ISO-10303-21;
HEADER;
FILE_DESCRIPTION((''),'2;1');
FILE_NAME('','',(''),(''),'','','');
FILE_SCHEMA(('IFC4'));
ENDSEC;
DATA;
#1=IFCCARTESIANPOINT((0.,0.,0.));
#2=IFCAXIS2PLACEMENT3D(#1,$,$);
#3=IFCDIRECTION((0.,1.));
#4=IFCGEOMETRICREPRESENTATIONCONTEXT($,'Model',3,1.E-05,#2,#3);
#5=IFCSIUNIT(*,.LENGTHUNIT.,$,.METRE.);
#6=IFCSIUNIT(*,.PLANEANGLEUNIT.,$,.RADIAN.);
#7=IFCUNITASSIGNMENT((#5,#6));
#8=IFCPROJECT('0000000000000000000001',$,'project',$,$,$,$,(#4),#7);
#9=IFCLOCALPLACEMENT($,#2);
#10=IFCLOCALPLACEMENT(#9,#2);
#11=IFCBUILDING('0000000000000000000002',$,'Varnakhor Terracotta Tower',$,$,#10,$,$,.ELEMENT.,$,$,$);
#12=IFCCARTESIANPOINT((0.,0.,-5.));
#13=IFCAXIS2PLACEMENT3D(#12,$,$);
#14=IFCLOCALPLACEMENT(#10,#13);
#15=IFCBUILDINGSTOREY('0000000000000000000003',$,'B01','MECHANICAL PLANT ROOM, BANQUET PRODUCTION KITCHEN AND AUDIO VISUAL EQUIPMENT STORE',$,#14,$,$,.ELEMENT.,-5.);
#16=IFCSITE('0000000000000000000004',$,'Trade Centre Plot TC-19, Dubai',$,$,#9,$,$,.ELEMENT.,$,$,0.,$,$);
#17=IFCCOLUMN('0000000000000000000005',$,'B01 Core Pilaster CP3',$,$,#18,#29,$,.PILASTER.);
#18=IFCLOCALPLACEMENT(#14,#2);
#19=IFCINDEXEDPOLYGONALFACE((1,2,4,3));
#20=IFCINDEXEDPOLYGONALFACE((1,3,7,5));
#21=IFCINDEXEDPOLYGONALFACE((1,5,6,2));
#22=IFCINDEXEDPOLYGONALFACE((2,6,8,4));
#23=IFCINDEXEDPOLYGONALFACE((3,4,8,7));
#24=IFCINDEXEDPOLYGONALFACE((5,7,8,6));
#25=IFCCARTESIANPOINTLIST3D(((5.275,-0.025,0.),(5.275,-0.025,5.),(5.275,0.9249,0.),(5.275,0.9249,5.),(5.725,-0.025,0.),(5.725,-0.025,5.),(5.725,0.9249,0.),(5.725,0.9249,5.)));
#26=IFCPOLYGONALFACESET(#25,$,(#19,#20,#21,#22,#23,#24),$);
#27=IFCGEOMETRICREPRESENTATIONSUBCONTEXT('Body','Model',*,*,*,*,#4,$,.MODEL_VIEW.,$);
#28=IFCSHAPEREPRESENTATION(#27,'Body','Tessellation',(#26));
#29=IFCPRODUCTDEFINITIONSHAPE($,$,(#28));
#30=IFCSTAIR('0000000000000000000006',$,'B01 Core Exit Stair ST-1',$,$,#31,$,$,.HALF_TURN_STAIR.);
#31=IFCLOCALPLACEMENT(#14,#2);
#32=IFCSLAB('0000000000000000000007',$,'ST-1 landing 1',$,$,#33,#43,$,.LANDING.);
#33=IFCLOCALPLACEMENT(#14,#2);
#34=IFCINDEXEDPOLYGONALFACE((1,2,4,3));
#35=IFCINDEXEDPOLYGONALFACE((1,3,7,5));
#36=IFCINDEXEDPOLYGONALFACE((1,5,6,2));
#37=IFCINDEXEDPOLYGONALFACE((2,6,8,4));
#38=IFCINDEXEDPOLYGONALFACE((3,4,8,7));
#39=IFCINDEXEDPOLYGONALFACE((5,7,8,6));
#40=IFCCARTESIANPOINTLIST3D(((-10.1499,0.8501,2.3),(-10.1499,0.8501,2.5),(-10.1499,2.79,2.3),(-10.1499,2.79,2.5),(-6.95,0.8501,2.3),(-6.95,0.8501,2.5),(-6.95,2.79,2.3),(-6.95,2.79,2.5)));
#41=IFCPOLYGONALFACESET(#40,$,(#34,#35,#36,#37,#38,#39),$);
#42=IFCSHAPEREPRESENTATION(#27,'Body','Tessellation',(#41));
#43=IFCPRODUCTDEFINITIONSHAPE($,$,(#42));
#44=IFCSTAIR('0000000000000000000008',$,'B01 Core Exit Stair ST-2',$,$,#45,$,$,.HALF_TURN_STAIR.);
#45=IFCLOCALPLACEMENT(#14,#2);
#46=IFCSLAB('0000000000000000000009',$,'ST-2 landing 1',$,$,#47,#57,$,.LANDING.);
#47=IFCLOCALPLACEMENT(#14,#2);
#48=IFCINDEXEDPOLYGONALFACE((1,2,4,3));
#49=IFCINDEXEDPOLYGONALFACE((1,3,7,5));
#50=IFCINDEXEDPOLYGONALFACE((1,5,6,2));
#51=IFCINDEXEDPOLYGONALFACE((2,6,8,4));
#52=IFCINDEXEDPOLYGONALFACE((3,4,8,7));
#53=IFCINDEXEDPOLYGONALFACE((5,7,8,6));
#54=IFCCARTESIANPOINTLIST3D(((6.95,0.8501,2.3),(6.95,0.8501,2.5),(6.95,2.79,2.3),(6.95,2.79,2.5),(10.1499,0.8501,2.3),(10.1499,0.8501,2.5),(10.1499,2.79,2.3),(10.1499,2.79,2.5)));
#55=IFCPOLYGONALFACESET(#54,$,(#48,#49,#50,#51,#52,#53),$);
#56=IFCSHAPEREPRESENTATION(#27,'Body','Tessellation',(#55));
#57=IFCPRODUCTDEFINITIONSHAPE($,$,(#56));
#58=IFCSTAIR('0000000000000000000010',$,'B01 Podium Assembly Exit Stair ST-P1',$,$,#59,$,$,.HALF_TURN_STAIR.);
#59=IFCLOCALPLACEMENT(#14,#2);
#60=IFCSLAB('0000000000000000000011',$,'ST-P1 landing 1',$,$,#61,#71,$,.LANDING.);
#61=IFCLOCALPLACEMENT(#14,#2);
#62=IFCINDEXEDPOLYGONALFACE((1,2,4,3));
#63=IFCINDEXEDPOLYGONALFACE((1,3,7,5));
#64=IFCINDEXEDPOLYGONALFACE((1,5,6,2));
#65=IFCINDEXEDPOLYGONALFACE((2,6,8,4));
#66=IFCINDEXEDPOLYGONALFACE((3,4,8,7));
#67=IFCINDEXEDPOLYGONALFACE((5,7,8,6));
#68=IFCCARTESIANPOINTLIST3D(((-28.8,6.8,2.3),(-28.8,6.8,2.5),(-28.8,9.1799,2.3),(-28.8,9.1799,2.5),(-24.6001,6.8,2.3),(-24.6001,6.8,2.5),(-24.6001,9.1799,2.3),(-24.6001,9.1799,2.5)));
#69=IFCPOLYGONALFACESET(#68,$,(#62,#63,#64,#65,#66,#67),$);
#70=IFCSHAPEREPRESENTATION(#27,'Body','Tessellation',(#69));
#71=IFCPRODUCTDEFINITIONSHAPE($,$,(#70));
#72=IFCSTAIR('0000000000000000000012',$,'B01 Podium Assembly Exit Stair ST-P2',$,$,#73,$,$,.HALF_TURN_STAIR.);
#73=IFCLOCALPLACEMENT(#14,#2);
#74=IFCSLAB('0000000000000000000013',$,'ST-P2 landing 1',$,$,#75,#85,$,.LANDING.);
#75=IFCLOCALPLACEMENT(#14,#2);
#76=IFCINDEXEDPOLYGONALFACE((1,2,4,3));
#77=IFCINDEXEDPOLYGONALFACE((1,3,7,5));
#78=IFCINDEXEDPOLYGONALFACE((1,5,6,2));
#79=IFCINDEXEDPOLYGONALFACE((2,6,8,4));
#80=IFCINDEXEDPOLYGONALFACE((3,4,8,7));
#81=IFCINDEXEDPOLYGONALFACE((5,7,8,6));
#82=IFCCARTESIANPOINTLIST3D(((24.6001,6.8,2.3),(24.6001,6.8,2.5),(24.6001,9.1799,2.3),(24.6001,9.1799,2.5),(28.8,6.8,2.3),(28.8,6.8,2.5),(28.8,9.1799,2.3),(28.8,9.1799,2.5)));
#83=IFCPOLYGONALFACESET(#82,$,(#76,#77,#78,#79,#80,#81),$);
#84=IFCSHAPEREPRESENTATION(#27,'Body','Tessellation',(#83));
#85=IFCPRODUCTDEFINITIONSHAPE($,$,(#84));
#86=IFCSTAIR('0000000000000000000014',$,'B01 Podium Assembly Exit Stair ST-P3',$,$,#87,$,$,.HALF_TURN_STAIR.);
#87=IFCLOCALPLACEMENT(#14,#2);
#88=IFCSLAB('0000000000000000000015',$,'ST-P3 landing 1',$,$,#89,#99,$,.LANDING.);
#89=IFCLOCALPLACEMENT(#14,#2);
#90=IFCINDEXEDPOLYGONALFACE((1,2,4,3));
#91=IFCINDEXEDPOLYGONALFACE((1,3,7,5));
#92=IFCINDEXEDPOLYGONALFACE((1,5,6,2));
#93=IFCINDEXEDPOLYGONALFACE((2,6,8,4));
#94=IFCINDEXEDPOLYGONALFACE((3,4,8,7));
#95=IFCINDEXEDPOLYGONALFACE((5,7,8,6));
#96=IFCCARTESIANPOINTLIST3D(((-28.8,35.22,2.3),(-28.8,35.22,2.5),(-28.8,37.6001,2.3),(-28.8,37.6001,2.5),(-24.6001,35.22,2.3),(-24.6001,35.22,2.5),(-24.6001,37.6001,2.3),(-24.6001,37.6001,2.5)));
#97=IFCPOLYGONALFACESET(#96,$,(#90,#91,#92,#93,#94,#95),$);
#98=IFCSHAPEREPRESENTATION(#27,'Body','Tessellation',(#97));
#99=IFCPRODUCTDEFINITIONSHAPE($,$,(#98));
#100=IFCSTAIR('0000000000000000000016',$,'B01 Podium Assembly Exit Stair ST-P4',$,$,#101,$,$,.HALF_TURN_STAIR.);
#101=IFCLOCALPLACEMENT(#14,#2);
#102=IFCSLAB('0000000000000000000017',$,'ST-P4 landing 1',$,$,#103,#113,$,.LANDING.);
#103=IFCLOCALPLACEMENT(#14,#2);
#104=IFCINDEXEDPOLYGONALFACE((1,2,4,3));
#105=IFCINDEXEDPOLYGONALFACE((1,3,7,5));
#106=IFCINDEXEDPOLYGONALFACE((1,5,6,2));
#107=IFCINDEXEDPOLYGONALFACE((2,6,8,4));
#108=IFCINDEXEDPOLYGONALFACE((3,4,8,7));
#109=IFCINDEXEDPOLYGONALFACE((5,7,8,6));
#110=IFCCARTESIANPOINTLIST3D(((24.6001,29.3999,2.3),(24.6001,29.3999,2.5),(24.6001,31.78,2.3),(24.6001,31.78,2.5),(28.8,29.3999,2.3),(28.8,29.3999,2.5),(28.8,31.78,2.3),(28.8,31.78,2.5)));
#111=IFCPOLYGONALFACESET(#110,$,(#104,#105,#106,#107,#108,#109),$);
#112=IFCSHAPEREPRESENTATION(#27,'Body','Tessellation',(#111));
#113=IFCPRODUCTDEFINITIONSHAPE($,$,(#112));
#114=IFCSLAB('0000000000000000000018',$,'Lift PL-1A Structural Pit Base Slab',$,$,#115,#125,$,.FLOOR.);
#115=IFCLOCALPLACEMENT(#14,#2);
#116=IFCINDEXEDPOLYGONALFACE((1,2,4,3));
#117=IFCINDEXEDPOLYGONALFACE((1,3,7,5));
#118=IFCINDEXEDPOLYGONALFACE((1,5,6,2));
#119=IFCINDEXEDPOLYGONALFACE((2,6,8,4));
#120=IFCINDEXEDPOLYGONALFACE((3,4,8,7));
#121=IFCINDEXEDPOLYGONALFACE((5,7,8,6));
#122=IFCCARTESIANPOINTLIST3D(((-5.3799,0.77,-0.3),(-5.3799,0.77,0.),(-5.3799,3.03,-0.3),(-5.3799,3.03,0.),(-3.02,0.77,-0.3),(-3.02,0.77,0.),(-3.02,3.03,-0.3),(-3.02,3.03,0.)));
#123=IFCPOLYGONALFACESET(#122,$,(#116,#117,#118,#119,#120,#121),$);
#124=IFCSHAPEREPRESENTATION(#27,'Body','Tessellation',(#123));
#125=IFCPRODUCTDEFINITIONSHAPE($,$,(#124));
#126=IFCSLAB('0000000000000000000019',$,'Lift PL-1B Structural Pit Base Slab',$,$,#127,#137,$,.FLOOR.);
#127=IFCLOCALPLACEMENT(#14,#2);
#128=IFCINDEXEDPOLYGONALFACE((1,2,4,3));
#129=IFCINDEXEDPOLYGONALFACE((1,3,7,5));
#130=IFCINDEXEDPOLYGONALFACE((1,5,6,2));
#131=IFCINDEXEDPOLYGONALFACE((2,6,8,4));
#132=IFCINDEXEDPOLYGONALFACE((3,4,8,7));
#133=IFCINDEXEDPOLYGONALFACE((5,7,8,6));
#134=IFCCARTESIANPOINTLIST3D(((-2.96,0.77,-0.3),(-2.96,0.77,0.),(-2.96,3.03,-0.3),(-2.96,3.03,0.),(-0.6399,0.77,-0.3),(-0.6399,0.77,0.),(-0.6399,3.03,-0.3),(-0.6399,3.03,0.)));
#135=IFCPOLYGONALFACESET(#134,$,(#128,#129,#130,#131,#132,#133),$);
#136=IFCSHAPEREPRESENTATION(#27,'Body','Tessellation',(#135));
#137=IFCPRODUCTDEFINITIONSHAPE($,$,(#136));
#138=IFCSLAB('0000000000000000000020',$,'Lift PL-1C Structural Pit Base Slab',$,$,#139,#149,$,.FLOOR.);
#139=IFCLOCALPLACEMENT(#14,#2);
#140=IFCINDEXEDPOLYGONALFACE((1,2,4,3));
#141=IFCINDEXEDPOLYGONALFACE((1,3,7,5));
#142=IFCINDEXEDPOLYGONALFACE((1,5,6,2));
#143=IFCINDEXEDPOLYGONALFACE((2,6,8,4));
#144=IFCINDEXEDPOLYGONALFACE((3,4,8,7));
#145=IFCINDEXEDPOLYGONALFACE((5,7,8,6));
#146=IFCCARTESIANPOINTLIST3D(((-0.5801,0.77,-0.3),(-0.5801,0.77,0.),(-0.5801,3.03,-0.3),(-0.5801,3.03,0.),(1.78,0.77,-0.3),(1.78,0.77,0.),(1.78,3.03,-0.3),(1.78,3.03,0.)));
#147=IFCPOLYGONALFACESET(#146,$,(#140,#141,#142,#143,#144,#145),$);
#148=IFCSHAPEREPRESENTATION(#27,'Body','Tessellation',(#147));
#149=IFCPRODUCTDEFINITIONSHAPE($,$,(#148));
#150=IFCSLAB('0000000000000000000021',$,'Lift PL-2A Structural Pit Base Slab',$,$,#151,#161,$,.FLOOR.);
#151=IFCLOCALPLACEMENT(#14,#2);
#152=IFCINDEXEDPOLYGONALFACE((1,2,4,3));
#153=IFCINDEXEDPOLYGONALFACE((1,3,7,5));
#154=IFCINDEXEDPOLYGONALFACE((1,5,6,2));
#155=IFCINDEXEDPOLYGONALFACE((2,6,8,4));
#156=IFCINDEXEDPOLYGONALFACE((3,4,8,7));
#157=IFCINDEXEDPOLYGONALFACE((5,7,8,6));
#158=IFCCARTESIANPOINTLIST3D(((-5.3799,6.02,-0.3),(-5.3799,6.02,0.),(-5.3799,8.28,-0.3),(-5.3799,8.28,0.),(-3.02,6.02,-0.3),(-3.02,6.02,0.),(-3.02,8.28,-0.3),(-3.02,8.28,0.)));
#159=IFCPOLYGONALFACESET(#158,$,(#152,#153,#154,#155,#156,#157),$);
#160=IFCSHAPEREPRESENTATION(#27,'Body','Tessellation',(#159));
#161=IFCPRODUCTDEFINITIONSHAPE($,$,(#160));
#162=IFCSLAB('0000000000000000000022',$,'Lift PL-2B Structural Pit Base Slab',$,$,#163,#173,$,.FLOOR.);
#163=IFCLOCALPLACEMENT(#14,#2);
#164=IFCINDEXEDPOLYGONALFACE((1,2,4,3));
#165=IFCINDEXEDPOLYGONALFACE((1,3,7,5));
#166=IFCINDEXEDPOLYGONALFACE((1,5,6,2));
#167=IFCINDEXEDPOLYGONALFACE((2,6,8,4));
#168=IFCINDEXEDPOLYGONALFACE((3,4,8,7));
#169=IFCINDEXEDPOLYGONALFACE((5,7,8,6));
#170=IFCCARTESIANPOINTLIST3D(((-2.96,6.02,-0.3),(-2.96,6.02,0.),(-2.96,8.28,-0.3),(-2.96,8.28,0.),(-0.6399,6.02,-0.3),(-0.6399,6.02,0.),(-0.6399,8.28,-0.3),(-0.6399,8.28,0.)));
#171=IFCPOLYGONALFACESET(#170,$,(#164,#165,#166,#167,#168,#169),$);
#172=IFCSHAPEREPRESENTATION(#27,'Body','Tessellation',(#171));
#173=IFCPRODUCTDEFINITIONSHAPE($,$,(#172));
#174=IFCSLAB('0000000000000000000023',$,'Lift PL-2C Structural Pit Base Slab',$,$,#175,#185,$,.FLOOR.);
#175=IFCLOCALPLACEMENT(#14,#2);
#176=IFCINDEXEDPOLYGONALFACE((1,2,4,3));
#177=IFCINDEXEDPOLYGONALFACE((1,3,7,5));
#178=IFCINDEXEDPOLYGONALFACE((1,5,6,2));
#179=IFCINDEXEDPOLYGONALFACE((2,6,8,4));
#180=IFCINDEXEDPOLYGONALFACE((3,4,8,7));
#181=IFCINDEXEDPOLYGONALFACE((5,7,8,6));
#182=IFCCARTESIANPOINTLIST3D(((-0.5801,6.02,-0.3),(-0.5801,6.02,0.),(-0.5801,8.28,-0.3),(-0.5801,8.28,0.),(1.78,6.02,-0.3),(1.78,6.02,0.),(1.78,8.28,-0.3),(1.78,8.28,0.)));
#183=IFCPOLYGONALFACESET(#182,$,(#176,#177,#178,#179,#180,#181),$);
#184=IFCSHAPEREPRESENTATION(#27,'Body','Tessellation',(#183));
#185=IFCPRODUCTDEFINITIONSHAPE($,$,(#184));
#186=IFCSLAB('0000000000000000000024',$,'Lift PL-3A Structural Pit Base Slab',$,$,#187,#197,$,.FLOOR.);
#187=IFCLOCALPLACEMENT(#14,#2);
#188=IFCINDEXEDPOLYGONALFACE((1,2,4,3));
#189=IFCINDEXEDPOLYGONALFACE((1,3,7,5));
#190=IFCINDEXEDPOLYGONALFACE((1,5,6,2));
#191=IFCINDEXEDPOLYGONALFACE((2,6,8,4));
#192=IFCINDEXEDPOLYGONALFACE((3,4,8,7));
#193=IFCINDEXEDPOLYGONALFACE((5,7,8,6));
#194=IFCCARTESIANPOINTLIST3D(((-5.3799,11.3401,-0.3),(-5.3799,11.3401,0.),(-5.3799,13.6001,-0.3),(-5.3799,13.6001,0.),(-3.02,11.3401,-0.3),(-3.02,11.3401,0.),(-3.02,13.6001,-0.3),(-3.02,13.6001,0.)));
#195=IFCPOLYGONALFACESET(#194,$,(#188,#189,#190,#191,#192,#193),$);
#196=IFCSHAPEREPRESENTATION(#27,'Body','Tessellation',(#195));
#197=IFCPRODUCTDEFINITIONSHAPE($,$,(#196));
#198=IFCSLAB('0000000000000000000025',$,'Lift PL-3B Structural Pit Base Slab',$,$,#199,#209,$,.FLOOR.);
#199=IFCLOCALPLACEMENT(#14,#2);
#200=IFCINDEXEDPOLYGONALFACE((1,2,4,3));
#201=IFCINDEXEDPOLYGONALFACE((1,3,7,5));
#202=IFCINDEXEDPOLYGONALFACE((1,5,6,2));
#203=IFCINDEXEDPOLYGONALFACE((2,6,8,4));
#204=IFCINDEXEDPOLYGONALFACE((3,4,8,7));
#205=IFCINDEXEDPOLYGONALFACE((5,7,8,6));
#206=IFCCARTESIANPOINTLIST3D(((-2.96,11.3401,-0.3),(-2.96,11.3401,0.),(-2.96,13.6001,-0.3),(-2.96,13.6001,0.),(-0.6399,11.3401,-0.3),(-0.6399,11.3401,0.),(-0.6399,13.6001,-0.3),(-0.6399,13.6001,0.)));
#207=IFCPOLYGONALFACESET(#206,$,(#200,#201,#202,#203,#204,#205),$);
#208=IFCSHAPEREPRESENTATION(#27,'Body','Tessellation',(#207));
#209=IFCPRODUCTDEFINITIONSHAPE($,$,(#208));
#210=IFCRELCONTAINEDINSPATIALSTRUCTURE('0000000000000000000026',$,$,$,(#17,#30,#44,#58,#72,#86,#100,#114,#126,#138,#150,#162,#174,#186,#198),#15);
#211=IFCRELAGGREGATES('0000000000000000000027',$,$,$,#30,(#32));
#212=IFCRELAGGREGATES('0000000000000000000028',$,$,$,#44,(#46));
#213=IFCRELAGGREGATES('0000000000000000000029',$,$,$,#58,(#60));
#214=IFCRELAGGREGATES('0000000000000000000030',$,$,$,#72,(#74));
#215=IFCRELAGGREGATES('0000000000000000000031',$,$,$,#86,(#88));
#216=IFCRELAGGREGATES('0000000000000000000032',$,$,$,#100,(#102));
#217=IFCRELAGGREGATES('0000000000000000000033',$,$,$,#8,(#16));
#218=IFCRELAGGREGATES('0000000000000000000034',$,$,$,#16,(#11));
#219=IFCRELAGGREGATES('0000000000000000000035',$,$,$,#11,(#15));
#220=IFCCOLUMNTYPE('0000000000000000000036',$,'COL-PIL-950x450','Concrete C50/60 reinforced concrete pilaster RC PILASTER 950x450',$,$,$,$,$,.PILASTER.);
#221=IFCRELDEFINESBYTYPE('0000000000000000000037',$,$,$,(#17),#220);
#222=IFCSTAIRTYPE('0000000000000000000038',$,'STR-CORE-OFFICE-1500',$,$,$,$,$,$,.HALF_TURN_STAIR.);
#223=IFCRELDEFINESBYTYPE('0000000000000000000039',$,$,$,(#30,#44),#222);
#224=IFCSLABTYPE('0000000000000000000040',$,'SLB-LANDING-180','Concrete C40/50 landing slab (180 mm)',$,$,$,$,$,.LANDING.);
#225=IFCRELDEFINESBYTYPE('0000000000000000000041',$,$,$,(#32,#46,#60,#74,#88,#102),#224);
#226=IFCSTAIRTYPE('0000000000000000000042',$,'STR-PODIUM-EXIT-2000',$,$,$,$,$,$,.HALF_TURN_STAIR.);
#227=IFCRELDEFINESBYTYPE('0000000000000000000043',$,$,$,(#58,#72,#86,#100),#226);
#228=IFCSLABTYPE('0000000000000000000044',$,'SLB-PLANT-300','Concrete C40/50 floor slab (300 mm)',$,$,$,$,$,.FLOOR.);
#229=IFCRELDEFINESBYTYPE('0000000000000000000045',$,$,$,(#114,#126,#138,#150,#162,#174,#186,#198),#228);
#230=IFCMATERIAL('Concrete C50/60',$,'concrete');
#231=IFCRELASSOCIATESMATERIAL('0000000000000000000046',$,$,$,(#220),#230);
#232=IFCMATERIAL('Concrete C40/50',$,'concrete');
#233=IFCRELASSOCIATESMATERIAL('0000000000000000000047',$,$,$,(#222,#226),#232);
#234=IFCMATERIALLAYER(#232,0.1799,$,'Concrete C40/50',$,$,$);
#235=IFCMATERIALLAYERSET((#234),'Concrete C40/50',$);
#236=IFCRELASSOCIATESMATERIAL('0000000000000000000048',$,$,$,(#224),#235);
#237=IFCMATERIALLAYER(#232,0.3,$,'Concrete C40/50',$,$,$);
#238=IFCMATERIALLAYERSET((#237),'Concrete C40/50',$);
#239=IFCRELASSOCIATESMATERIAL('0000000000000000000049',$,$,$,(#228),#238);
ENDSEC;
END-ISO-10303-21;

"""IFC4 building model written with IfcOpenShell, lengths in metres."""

from ifc_helpers import new_model, si_unit, direction, frame, origin, origin_2d, place, context, subcontext, project, spatial, polyline, rectangle, outline, extrude, source, transform, mapped, material, layer, layer_set, material_profile, profile_set, type_object, type_shapes, element, aggregate, save


model = new_model("IFC4")

# Units and contexts
model_context = context("Model", 3, precision=1e-05, world=origin(), true_north=direction((0.0, 1.0)))
body_context = subcontext(model_context, "Body", "Model", "MODEL_VIEW")
ifc_project = project(units=[si_unit("LENGTHUNIT", "METRE"), si_unit("PLANEANGLEUNIT", "RADIAN")], contexts=[model_context])

# Site, building, storey
site_placement = place(None, origin())
site = spatial("IfcSite", under=ifc_project, at=site_placement, Name="Trade Centre Plot TC-19, Dubai", CompositionType="ELEMENT", RefElevation=0.0)
building_placement = place(site_placement, origin())
building = spatial("IfcBuilding", under=site, at=building_placement, Name="Varnakhor Terracotta Tower", CompositionType="ELEMENT")
storey_placement = place(building_placement, frame((0.0, 0.0, -5.0)))
storey = spatial("IfcBuildingStorey", under=building, at=storey_placement, Name="B01", Description="MECHANICAL PLANT ROOM, BANQUET PRODUCTION KITCHEN AND AUDIO VISUAL EQUIPMENT STORE", CompositionType="ELEMENT", Elevation=-5.0)

# Column
ifc_material_1 = material(Name="Concrete C50/60", Category="concrete")
ifc_material_profile = material_profile(ifc_material_1, rectangle(XDim=0.45, YDim=0.95, at=origin_2d()), Name="RC PILASTER 950x450")
ifc_profile_set = profile_set([ifc_material_profile], Name="Concrete C50/60")
column_type = type_object("IfcColumnType", Name="COL-PIL-950x450", Description="Concrete C50/60 reinforced concrete pilaster RC PILASTER 950x450", PredefinedType="PILASTER", material=ifc_profile_set)
shared_shape_1 = source(origin(), body_context, "Body", "SweptSolid", [
    extrude(rectangle(XDim=0.45, YDim=0.95, at=origin_2d()), origin(), (0.0, 0.0, 1.0), 5.0),
])
type_shapes(column_type, [shared_shape_1])
column_placement = place(storey_placement, frame((5.5, 0.45, 0.0), z_axis=(0.0, 0.0, 1.0), x_axis=(1.0, 0.0, 0.0)))
element("IfcColumn", 1, at=column_placement, inside=storey, type_object=column_type, Name="B01 Core Pilaster CP3", PredefinedType="PILASTER", context=body_context, shape_type="MappedRepresentation", body=[
    mapped(shared_shape_1, transform((0.0, 0.0, 0.0), scale=1.0)),
])

# Stairs, slabs
ifc_material_2 = material(Name="Concrete C40/50", Category="concrete")
stair_type_1 = type_object("IfcStairType", Name="STR-CORE-OFFICE-1500", PredefinedType="HALF_TURN_STAIR", material=ifc_material_2)
stair_1_placement = place(storey_placement, origin())
stair_1 = element("IfcStair", 2, at=stair_1_placement, inside=storey, type_object=stair_type_1, Name="B01 Core Exit Stair ST-1", PredefinedType="HALF_TURN_STAIR")
ifc_layer_1 = layer(ifc_material_2, 0.1799, Name="Concrete C40/50")
ifc_layer_set_1 = layer_set([ifc_layer_1], Name="Concrete C40/50")
slab_type_1 = type_object("IfcSlabType", Name="SLB-LANDING-180", Description="Concrete C40/50 landing slab (180 mm)", PredefinedType="LANDING", material=ifc_layer_set_1)
slab_1_placement = place(storey_placement, frame((0.0, 0.0, 2.3)))
slab_1 = element("IfcSlab", 3, at=slab_1_placement, type_object=slab_type_1, Name="ST-1 landing 1", PredefinedType="LANDING", context=body_context, shape_type="SweptSolid", body=[
    extrude(outline(polyline([(-10.1499, 2.79), (-10.1499, 0.8501), (-6.95, 0.8501), (-6.95, 2.79), (-10.1499, 2.79)])), origin(), (0.0, 0.0, 1.0), 0.2),
])
aggregate(stair_1, [slab_1])
stair_2_placement = place(storey_placement, origin())
stair_2 = element("IfcStair", 4, at=stair_2_placement, inside=storey, type_object=stair_type_1, Name="B01 Core Exit Stair ST-2", PredefinedType="HALF_TURN_STAIR")
slab_2_placement = place(storey_placement, frame((0.0, 0.0, 2.3)))
slab_2 = element("IfcSlab", 5, at=slab_2_placement, type_object=slab_type_1, Name="ST-2 landing 1", PredefinedType="LANDING", context=body_context, shape_type="SweptSolid", body=[
    extrude(outline(polyline([(6.95, 2.79), (6.95, 0.8501), (10.1499, 0.8501), (10.1499, 2.79), (6.95, 2.79)])), origin(), (0.0, 0.0, 1.0), 0.2),
])
aggregate(stair_2, [slab_2])
stair_type_2 = type_object("IfcStairType", Name="STR-PODIUM-EXIT-2000", PredefinedType="HALF_TURN_STAIR", material=ifc_material_2)
stair_3_placement = place(storey_placement, origin())
stair_3 = element("IfcStair", 6, at=stair_3_placement, inside=storey, type_object=stair_type_2, Name="B01 Podium Assembly Exit Stair ST-P1", PredefinedType="HALF_TURN_STAIR")
slab_3_placement = place(storey_placement, frame((0.0, 0.0, 2.3)))
slab_3 = element("IfcSlab", 7, at=slab_3_placement, type_object=slab_type_1, Name="ST-P1 landing 1", PredefinedType="LANDING", context=body_context, shape_type="SweptSolid", body=[
    extrude(outline(polyline([(-28.8, 9.1799), (-28.8, 6.8), (-24.6001, 6.8), (-24.6001, 9.1799), (-28.8, 9.1799)])), origin(), (0.0, 0.0, 1.0), 0.2),
])
aggregate(stair_3, [slab_3])
stair_4_placement = place(storey_placement, origin())
stair_4 = element("IfcStair", 8, at=stair_4_placement, inside=storey, type_object=stair_type_2, Name="B01 Podium Assembly Exit Stair ST-P2", PredefinedType="HALF_TURN_STAIR")
slab_4_placement = place(storey_placement, frame((0.0, 0.0, 2.3)))
slab_4 = element("IfcSlab", 9, at=slab_4_placement, type_object=slab_type_1, Name="ST-P2 landing 1", PredefinedType="LANDING", context=body_context, shape_type="SweptSolid", body=[
    extrude(outline(polyline([(24.6001, 9.1799), (24.6001, 6.8), (28.8, 6.8), (28.8, 9.1799), (24.6001, 9.1799)])), origin(), (0.0, 0.0, 1.0), 0.2),
])
aggregate(stair_4, [slab_4])
stair_5_placement = place(storey_placement, origin())
stair_5 = element("IfcStair", 10, at=stair_5_placement, inside=storey, type_object=stair_type_2, Name="B01 Podium Assembly Exit Stair ST-P3", PredefinedType="HALF_TURN_STAIR")
slab_5_placement = place(storey_placement, frame((0.0, 0.0, 2.3)))
slab_5 = element("IfcSlab", 11, at=slab_5_placement, type_object=slab_type_1, Name="ST-P3 landing 1", PredefinedType="LANDING", context=body_context, shape_type="SweptSolid", body=[
    extrude(outline(polyline([(-24.6001, 35.22), (-24.6001, 37.6001), (-28.8, 37.6001), (-28.8, 35.22), (-24.6001, 35.22)])), origin(), (0.0, 0.0, 1.0), 0.2),
])
aggregate(stair_5, [slab_5])
stair_6_placement = place(storey_placement, origin())
stair_6 = element("IfcStair", 12, at=stair_6_placement, inside=storey, type_object=stair_type_2, Name="B01 Podium Assembly Exit Stair ST-P4", PredefinedType="HALF_TURN_STAIR")
slab_6_placement = place(storey_placement, frame((0.0, 0.0, 2.3)))
slab_6 = element("IfcSlab", 13, at=slab_6_placement, type_object=slab_type_1, Name="ST-P4 landing 1", PredefinedType="LANDING", context=body_context, shape_type="SweptSolid", body=[
    extrude(outline(polyline([(24.6001, 31.78), (24.6001, 29.3999), (28.8, 29.3999), (28.8, 31.78), (24.6001, 31.78)])), origin(), (0.0, 0.0, 1.0), 0.2),
])
aggregate(stair_6, [slab_6])

# Slabs
ifc_layer_2 = layer(ifc_material_2, 0.3, Name="Concrete C40/50")
ifc_layer_set_2 = layer_set([ifc_layer_2], Name="Concrete C40/50")
slab_type_2 = type_object("IfcSlabType", Name="SLB-PLANT-300", Description="Concrete C40/50 floor slab (300 mm)", PredefinedType="FLOOR", material=ifc_layer_set_2)
slab_7_placement = place(storey_placement, frame((0.0, 0.0, -0.3)))
element("IfcSlab", 14, at=slab_7_placement, inside=storey, type_object=slab_type_2, Name="Lift PL-1A Structural Pit Base Slab", PredefinedType="FLOOR", context=body_context, shape_type="SweptSolid", body=[
    extrude(outline(polyline([(-5.3799, 0.77), (-3.02, 0.77), (-3.02, 3.03), (-5.3799, 3.03), (-5.3799, 0.77)])), origin(), (0.0, 0.0, 1.0), 0.3),
])
slab_8_placement = place(storey_placement, frame((0.0, 0.0, -0.3)))
element("IfcSlab", 15, at=slab_8_placement, inside=storey, type_object=slab_type_2, Name="Lift PL-1B Structural Pit Base Slab", PredefinedType="FLOOR", context=body_context, shape_type="SweptSolid", body=[
    extrude(outline(polyline([(-2.96, 0.77), (-0.6399, 0.77), (-0.6399, 3.03), (-2.96, 3.03), (-2.96, 0.77)])), origin(), (0.0, 0.0, 1.0), 0.3),
])
slab_9_placement = place(storey_placement, frame((0.0, 0.0, -0.3)))
element("IfcSlab", 16, at=slab_9_placement, inside=storey, type_object=slab_type_2, Name="Lift PL-1C Structural Pit Base Slab", PredefinedType="FLOOR", context=body_context, shape_type="SweptSolid", body=[
    extrude(outline(polyline([(-0.5801, 0.77), (1.78, 0.77), (1.78, 3.03), (-0.5801, 3.03), (-0.5801, 0.77)])), origin(), (0.0, 0.0, 1.0), 0.3),
])
slab_10_placement = place(storey_placement, frame((0.0, 0.0, -0.3)))
element("IfcSlab", 17, at=slab_10_placement, inside=storey, type_object=slab_type_2, Name="Lift PL-2A Structural Pit Base Slab", PredefinedType="FLOOR", context=body_context, shape_type="SweptSolid", body=[
    extrude(outline(polyline([(-5.3799, 6.02), (-3.02, 6.02), (-3.02, 8.28), (-5.3799, 8.28), (-5.3799, 6.02)])), origin(), (0.0, 0.0, 1.0), 0.3),
])
slab_11_placement = place(storey_placement, frame((0.0, 0.0, -0.3)))
element("IfcSlab", 18, at=slab_11_placement, inside=storey, type_object=slab_type_2, Name="Lift PL-2B Structural Pit Base Slab", PredefinedType="FLOOR", context=body_context, shape_type="SweptSolid", body=[
    extrude(outline(polyline([(-2.96, 6.02), (-0.6399, 6.02), (-0.6399, 8.28), (-2.96, 8.28), (-2.96, 6.02)])), origin(), (0.0, 0.0, 1.0), 0.3),
])
slab_12_placement = place(storey_placement, frame((0.0, 0.0, -0.3)))
element("IfcSlab", 19, at=slab_12_placement, inside=storey, type_object=slab_type_2, Name="Lift PL-2C Structural Pit Base Slab", PredefinedType="FLOOR", context=body_context, shape_type="SweptSolid", body=[
    extrude(outline(polyline([(-0.5801, 6.02), (1.78, 6.02), (1.78, 8.28), (-0.5801, 8.28), (-0.5801, 6.02)])), origin(), (0.0, 0.0, 1.0), 0.3),
])
slab_13_placement = place(storey_placement, frame((0.0, 0.0, -0.3)))
element("IfcSlab", 20, at=slab_13_placement, inside=storey, type_object=slab_type_2, Name="Lift PL-3A Structural Pit Base Slab", PredefinedType="FLOOR", context=body_context, shape_type="SweptSolid", body=[
    extrude(outline(polyline([(-5.3799, 11.3401), (-3.02, 11.3401), (-3.02, 13.6001), (-5.3799, 13.6001), (-5.3799, 11.3401)])), origin(), (0.0, 0.0, 1.0), 0.3),
])
slab_14_placement = place(storey_placement, frame((0.0, 0.0, -0.3)))
element("IfcSlab", 21, at=slab_14_placement, inside=storey, type_object=slab_type_2, Name="Lift PL-3B Structural Pit Base Slab", PredefinedType="FLOOR", context=body_context, shape_type="SweptSolid", body=[
    extrude(outline(polyline([(-2.96, 11.3401), (-0.6399, 11.3401), (-0.6399, 13.6001), (-2.96, 13.6001), (-2.96, 11.3401)])), origin(), (0.0, 0.0, 1.0), 0.3),
])

save(model, "model.ifc")
